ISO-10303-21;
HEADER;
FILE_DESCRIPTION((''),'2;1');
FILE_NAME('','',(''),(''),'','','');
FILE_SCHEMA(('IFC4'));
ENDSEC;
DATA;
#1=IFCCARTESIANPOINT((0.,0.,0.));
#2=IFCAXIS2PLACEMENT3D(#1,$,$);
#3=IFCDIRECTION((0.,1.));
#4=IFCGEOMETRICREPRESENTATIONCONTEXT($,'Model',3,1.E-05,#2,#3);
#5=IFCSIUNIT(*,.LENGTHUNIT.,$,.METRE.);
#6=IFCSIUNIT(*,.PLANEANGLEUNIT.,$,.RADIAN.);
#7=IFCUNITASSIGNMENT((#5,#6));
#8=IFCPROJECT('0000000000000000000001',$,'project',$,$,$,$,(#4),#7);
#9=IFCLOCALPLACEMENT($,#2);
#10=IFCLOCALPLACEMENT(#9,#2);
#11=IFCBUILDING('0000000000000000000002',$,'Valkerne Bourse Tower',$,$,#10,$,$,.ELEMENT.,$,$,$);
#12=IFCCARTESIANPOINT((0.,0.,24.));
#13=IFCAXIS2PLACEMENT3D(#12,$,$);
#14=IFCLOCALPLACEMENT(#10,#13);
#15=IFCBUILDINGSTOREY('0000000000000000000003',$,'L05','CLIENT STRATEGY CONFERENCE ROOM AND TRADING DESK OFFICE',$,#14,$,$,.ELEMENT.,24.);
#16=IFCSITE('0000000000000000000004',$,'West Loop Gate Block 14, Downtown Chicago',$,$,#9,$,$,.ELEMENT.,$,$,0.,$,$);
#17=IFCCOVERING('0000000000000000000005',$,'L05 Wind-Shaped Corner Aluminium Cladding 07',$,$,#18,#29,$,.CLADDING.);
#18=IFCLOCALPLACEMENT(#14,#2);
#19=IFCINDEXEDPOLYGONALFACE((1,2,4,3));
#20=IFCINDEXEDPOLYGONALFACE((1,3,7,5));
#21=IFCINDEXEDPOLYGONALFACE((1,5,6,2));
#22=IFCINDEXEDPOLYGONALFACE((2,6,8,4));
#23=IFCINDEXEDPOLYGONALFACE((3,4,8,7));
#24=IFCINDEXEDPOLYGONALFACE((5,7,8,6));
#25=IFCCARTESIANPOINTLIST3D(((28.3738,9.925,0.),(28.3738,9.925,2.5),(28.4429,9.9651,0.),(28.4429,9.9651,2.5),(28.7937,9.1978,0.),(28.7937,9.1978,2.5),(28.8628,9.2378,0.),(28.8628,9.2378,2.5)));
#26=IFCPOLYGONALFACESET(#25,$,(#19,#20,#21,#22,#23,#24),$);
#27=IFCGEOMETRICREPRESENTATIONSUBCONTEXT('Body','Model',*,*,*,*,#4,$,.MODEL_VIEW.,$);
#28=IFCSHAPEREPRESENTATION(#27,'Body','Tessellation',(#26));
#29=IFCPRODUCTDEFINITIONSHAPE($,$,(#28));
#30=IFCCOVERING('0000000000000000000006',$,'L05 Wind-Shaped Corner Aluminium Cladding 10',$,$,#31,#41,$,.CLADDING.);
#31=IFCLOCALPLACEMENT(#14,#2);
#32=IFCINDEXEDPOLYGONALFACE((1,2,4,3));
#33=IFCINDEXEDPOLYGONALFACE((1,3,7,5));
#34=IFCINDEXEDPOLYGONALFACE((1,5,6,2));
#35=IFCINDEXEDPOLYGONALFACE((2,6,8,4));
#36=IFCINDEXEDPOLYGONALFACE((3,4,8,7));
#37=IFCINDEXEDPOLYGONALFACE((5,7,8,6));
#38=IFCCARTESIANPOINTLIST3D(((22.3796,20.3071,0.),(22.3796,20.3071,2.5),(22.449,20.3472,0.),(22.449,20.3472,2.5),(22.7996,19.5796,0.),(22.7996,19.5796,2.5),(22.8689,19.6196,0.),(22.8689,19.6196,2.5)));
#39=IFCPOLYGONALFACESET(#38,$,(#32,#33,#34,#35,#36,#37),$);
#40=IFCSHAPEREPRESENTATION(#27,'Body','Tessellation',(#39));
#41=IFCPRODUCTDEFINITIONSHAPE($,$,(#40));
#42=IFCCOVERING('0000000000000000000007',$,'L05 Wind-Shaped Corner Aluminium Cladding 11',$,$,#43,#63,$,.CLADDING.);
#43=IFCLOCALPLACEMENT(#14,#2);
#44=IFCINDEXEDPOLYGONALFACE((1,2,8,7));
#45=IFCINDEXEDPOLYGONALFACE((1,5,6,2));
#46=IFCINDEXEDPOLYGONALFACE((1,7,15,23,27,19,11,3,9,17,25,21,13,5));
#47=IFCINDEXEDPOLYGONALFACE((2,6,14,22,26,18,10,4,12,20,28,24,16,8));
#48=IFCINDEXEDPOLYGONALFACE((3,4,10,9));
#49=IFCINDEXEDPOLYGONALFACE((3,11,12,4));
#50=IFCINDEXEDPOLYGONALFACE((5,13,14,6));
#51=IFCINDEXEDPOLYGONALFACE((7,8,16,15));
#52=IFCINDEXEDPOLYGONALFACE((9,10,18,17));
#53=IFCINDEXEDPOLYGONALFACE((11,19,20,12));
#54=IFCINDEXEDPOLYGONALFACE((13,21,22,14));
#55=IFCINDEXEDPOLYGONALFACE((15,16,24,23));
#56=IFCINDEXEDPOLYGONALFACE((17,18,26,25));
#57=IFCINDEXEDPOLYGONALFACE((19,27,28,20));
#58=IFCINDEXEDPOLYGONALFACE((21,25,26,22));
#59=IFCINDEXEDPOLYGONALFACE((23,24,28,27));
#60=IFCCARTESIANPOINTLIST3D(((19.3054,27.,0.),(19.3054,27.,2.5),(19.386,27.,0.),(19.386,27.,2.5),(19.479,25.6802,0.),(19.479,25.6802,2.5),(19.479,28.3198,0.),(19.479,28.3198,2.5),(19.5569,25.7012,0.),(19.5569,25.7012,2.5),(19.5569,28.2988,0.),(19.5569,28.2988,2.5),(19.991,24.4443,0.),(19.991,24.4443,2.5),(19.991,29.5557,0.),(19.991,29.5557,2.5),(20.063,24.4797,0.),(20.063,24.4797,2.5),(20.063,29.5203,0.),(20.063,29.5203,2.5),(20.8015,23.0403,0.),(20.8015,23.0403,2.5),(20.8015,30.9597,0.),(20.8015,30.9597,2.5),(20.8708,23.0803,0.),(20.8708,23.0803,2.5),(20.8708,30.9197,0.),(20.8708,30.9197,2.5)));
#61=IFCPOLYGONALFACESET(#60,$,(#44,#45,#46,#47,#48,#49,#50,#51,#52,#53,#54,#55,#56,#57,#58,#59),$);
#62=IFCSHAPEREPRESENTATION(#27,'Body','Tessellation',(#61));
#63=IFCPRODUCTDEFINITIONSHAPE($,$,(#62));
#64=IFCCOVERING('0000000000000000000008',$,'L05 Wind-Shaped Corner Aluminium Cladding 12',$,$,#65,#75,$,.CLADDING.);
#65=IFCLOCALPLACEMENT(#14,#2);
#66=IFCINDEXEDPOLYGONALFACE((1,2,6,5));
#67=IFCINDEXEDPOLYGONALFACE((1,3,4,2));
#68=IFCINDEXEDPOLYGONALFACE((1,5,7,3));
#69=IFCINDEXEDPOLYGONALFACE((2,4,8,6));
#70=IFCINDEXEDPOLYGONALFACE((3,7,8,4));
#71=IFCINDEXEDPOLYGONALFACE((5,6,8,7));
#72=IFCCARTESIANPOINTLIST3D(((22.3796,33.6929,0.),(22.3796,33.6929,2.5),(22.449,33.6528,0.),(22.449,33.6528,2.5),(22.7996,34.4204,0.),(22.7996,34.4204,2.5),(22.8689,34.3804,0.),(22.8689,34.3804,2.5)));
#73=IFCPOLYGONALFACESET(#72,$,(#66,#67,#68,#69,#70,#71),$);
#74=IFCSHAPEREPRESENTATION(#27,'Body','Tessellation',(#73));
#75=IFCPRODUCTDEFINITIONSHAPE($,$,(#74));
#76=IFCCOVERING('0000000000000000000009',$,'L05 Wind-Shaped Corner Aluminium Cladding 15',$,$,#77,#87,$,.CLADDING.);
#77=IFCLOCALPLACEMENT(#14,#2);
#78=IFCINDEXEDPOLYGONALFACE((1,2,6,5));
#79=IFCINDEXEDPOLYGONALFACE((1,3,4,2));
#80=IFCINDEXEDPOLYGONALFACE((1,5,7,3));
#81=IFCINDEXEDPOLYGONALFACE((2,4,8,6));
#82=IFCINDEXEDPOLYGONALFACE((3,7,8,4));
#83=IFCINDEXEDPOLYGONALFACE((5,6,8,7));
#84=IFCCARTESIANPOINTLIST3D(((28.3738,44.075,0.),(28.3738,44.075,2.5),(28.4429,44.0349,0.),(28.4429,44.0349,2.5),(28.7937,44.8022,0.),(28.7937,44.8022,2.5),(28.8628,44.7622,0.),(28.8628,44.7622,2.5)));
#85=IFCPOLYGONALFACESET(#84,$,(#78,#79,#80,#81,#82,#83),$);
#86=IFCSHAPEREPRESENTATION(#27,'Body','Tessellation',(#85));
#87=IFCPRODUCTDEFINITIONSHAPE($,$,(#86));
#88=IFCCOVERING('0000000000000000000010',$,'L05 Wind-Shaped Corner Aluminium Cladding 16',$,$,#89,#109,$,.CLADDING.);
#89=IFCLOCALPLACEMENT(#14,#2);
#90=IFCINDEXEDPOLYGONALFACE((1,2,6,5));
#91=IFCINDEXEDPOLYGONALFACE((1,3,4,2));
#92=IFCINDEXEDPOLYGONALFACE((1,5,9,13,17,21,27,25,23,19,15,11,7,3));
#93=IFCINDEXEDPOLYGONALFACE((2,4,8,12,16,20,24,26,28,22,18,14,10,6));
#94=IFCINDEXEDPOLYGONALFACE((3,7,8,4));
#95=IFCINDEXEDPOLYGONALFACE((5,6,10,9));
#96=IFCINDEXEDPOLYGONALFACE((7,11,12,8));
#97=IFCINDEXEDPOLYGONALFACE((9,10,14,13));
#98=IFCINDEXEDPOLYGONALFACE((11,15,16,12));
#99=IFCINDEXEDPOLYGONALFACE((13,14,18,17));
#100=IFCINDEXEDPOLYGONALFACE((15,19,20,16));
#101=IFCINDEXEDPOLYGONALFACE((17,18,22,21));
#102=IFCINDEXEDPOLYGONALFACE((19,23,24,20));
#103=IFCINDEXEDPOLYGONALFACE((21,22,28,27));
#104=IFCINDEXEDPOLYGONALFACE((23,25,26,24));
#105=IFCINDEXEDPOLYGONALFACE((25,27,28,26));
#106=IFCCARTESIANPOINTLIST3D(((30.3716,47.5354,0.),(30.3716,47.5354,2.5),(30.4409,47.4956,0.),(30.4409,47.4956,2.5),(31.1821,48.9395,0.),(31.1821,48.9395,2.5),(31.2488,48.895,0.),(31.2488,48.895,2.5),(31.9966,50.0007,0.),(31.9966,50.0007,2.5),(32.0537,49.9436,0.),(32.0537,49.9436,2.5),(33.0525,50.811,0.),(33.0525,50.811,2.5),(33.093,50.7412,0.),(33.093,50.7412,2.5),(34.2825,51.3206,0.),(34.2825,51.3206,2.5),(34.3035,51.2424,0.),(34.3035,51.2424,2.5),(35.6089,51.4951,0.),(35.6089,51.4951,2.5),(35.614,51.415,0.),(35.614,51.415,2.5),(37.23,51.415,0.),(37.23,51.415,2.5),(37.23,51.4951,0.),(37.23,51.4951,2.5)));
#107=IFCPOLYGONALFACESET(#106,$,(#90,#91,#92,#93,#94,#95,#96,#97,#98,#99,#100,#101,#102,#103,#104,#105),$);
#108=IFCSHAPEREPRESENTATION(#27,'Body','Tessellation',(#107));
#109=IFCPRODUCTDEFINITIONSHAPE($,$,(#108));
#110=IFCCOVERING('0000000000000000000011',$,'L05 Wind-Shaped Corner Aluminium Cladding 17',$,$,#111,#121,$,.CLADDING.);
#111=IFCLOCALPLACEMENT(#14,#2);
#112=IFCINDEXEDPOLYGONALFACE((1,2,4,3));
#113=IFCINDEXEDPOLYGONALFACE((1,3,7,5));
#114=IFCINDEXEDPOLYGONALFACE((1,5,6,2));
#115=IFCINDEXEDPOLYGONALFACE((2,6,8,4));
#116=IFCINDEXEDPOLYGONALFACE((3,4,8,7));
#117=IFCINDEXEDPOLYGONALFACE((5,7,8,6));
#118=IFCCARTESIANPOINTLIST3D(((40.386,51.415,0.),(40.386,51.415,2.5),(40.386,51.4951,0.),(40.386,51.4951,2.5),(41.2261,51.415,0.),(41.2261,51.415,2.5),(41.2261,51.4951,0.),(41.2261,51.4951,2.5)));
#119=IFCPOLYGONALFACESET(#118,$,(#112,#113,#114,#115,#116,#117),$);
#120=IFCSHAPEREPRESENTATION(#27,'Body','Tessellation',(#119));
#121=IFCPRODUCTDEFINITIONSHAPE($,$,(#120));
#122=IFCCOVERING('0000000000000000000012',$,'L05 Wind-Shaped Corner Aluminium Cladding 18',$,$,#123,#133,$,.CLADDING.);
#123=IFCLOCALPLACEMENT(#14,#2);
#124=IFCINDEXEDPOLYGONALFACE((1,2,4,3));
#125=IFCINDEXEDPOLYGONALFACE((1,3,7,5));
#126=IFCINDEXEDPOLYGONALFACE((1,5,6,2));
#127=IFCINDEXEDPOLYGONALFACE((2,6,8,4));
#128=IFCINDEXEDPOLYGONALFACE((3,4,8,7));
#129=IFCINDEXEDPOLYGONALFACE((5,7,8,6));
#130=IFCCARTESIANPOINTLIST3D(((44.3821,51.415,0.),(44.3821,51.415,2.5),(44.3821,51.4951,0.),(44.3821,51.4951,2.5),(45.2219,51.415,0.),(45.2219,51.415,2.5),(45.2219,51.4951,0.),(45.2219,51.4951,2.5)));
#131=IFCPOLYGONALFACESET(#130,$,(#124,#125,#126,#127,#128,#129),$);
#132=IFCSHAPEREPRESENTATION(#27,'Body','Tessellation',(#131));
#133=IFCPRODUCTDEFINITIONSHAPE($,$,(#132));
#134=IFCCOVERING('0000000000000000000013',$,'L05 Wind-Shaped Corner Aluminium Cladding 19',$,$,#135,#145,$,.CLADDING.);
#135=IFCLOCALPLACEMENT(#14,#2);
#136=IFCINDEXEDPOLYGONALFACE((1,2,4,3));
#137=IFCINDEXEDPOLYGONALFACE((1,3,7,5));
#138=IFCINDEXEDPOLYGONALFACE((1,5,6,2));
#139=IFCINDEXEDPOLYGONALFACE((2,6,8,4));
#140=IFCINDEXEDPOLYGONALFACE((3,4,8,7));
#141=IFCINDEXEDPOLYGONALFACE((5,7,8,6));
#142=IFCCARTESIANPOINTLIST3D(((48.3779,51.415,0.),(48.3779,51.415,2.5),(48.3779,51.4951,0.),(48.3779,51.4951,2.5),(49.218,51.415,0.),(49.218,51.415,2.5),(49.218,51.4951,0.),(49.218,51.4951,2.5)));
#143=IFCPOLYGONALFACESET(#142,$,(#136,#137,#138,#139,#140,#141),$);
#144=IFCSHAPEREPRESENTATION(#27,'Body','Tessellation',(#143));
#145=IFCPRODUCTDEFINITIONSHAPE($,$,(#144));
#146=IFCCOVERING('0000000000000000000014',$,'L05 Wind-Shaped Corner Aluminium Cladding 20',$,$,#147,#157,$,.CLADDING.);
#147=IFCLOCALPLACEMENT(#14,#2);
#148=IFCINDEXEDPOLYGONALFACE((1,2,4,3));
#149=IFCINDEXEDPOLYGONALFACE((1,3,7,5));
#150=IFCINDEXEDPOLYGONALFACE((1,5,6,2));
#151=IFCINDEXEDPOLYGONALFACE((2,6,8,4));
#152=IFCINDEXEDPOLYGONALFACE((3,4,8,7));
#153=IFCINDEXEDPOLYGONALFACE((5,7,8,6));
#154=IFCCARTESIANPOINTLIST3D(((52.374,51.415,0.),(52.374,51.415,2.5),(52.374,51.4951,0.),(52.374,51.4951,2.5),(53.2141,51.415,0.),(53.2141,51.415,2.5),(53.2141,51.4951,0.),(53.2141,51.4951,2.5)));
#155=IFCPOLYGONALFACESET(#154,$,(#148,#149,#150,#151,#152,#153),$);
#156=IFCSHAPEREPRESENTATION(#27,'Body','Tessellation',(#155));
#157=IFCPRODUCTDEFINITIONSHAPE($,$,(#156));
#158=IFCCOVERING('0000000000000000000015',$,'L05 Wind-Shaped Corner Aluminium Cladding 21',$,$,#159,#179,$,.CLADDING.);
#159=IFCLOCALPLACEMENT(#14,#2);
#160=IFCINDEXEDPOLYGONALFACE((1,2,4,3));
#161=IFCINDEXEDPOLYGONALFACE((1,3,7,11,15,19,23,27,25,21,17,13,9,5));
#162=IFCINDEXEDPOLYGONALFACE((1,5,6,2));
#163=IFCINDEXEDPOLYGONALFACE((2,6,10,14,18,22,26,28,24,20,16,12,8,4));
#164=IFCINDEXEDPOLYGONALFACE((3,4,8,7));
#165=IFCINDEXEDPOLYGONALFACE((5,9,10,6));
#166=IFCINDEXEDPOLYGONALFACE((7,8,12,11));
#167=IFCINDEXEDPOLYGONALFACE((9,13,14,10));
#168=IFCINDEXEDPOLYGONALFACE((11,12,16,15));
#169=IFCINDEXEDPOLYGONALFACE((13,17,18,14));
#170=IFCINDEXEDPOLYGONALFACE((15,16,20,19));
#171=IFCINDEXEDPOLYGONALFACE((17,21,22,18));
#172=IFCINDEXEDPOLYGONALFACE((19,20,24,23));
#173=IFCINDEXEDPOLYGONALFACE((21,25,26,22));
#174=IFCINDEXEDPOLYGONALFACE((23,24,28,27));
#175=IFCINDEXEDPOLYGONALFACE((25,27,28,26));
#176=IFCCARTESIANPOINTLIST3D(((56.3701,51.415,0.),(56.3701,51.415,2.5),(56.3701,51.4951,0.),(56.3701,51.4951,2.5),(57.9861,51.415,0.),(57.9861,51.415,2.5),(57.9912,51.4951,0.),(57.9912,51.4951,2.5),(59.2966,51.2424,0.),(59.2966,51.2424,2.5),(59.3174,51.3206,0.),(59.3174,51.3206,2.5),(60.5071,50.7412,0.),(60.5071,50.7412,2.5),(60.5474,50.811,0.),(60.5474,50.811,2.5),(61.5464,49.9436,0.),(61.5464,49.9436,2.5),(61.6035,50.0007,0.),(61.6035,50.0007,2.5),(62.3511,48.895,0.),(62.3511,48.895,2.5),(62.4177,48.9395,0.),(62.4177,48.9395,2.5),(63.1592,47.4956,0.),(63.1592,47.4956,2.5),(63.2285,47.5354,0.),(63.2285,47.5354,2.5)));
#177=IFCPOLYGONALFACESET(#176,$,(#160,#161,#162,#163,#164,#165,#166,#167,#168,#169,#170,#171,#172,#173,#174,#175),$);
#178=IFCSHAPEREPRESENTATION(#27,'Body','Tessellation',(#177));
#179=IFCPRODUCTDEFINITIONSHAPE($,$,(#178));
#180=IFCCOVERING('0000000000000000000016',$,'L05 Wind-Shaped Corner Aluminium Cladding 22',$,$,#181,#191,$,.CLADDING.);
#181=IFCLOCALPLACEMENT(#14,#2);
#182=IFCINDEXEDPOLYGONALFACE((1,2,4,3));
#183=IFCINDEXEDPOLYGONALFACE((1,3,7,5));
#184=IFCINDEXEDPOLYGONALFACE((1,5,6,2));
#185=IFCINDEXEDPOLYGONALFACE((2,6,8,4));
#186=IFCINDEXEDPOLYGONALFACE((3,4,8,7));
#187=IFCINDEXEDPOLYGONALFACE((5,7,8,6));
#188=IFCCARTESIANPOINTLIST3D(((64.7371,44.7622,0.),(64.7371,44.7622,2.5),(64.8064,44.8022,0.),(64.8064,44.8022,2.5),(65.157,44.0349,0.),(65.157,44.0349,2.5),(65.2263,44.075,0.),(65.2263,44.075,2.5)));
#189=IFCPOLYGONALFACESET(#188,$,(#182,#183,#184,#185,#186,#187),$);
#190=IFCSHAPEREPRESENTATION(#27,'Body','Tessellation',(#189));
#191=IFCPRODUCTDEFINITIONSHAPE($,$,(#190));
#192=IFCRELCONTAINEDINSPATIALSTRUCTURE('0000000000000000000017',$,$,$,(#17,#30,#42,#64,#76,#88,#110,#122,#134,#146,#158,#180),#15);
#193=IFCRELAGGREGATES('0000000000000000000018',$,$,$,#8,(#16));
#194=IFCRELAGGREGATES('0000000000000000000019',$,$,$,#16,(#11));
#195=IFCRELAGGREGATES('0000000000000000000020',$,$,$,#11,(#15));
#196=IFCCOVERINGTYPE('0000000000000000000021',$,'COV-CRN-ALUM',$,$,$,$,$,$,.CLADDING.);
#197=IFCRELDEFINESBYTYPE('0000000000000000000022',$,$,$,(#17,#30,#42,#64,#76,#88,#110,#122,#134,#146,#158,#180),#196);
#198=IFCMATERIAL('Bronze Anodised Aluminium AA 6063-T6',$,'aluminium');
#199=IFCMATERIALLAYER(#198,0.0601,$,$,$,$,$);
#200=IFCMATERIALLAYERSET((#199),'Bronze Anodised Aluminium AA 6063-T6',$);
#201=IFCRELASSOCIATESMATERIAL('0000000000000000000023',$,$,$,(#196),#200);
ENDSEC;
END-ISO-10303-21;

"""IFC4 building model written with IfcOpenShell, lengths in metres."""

from ifc_helpers import new_model, si_unit, direction, frame, origin, place, context, subcontext, project, spatial, polyline, outline, extrude, material, layer, layer_set, type_object, element, save


model = new_model("IFC4")

# Units and contexts
model_context = context("Model", 3, precision=1e-05, world=origin(), true_north=direction((0.0, 1.0)))
body_context = subcontext(model_context, "Body", "Model", "MODEL_VIEW")
ifc_project = project(units=[si_unit("LENGTHUNIT", "METRE"), si_unit("PLANEANGLEUNIT", "RADIAN")], contexts=[model_context])

# Site, building, storey
site_placement = place(None, origin())
site = spatial("IfcSite", under=ifc_project, at=site_placement, Name="West Loop Gate Block 14, Downtown Chicago", CompositionType="ELEMENT", RefElevation=0.0)
building_placement = place(site_placement, origin())
building = spatial("IfcBuilding", under=site, at=building_placement, Name="Valkerne Bourse Tower", CompositionType="ELEMENT")
storey_placement = place(building_placement, frame((0.0, 0.0, 24.0)))
storey = spatial("IfcBuildingStorey", under=building, at=storey_placement, Name="L05", Description="CLIENT STRATEGY CONFERENCE ROOM AND TRADING DESK OFFICE", CompositionType="ELEMENT", Elevation=24.0)

# Coverings
ifc_material_1 = material(Name="Bronze Anodised Aluminium AA 6063-T6", Category="aluminium")
ifc_layer_1 = layer(ifc_material_1, 0.0601)
ifc_layer_set_1 = layer_set([ifc_layer_1], Name="Bronze Anodised Aluminium AA 6063-T6")
covering_type = type_object("IfcCoveringType", Name="COV-CRN-ALUM", PredefinedType="CLADDING", material=ifc_layer_set_1)
covering_1_placement = place(storey_placement, origin())
element("IfcCovering", 1, at=covering_1_placement, inside=storey, type_object=covering_type, Name="L05 Wind-Shaped Corner Aluminium Cladding 07", PredefinedType="CLADDING", context=body_context, shape_type="SweptSolid", body=[
    extrude(outline(polyline([(28.3738, 9.925), (28.4429, 9.9651), (28.8628, 9.2378), (28.7937, 9.1978), (28.3738, 9.925)])), origin(), (0.0, 0.0, 1.0), 2.5),
])
covering_2_placement = place(storey_placement, origin())
element("IfcCovering", 2, at=covering_2_placement, inside=storey, type_object=covering_type, Name="L05 Wind-Shaped Corner Aluminium Cladding 10", PredefinedType="CLADDING", context=body_context, shape_type="SweptSolid", body=[
    extrude(outline(polyline([(22.3796, 20.3071), (22.449, 20.3472), (22.8689, 19.6196), (22.7996, 19.5796), (22.3796, 20.3071)])), origin(), (0.0, 0.0, 1.0), 2.5),
])
covering_3_placement = place(storey_placement, origin())
element("IfcCovering", 3, at=covering_3_placement, inside=storey, type_object=covering_type, Name="L05 Wind-Shaped Corner Aluminium Cladding 11", PredefinedType="CLADDING", context=body_context, shape_type="SweptSolid", body=[
    extrude(outline(polyline([(19.991, 24.4443), (19.479, 25.6802), (19.3054, 27.0), (19.479, 28.3198), (19.991, 29.5557), (20.8015, 30.9597), (20.8708, 30.9197), (20.063, 29.5203), (19.5569, 28.2988), (19.386, 27.0), (19.5569, 25.7012), (20.063, 24.4797), (20.8708, 23.0803), (20.8015, 23.0403), (19.991, 24.4443)])), origin(), (0.0, 0.0, 1.0), 2.5),
])
covering_4_placement = place(storey_placement, origin())
element("IfcCovering", 4, at=covering_4_placement, inside=storey, type_object=covering_type, Name="L05 Wind-Shaped Corner Aluminium Cladding 12", PredefinedType="CLADDING", context=body_context, shape_type="SweptSolid", body=[
    extrude(outline(polyline([(22.7996, 34.4204), (22.8689, 34.3804), (22.449, 33.6528), (22.3796, 33.6929), (22.7996, 34.4204)])), origin(), (0.0, 0.0, 1.0), 2.5),
])
covering_5_placement = place(storey_placement, origin())
element("IfcCovering", 5, at=covering_5_placement, inside=storey, type_object=covering_type, Name="L05 Wind-Shaped Corner Aluminium Cladding 15", PredefinedType="CLADDING", context=body_context, shape_type="SweptSolid", body=[
    extrude(outline(polyline([(28.7937, 44.8022), (28.8628, 44.7622), (28.4429, 44.0349), (28.3738, 44.075), (28.7937, 44.8022)])), origin(), (0.0, 0.0, 1.0), 2.5),
])
covering_6_placement = place(storey_placement, origin())
element("IfcCovering", 6, at=covering_6_placement, inside=storey, type_object=covering_type, Name="L05 Wind-Shaped Corner Aluminium Cladding 16", PredefinedType="CLADDING", context=body_context, shape_type="SweptSolid", body=[
    extrude(outline(polyline([(31.1821, 48.9395), (31.9966, 50.0007), (33.0525, 50.811), (34.2825, 51.3206), (35.6089, 51.4951), (37.23, 51.4951), (37.23, 51.415), (35.614, 51.415), (34.3035, 51.2424), (33.093, 50.7412), (32.0537, 49.9436), (31.2488, 48.895), (30.4409, 47.4956), (30.3716, 47.5354), (31.1821, 48.9395)])), origin(), (0.0, 0.0, 1.0), 2.5),
])
covering_7_placement = place(storey_placement, origin())
element("IfcCovering", 7, at=covering_7_placement, inside=storey, type_object=covering_type, Name="L05 Wind-Shaped Corner Aluminium Cladding 17", PredefinedType="CLADDING", context=body_context, shape_type="SweptSolid", body=[
    extrude(outline(polyline([(41.2261, 51.4951), (41.2261, 51.415), (40.386, 51.415), (40.386, 51.4951), (41.2261, 51.4951)])), origin(), (0.0, 0.0, 1.0), 2.5),
])
covering_8_placement = place(storey_placement, origin())
element("IfcCovering", 8, at=covering_8_placement, inside=storey, type_object=covering_type, Name="L05 Wind-Shaped Corner Aluminium Cladding 18", PredefinedType="CLADDING", context=body_context, shape_type="SweptSolid", body=[
    extrude(outline(polyline([(45.2219, 51.4951), (45.2219, 51.415), (44.3821, 51.415), (44.3821, 51.4951), (45.2219, 51.4951)])), origin(), (0.0, 0.0, 1.0), 2.5),
])
covering_9_placement = place(storey_placement, origin())
element("IfcCovering", 9, at=covering_9_placement, inside=storey, type_object=covering_type, Name="L05 Wind-Shaped Corner Aluminium Cladding 19", PredefinedType="CLADDING", context=body_context, shape_type="SweptSolid", body=[
    extrude(outline(polyline([(49.218, 51.4951), (49.218, 51.415), (48.3779, 51.415), (48.3779, 51.4951), (49.218, 51.4951)])), origin(), (0.0, 0.0, 1.0), 2.5),
])
covering_10_placement = place(storey_placement, origin())
element("IfcCovering", 10, at=covering_10_placement, inside=storey, type_object=covering_type, Name="L05 Wind-Shaped Corner Aluminium Cladding 20", PredefinedType="CLADDING", context=body_context, shape_type="SweptSolid", body=[
    extrude(outline(polyline([(53.2141, 51.4951), (53.2141, 51.415), (52.374, 51.415), (52.374, 51.4951), (53.2141, 51.4951)])), origin(), (0.0, 0.0, 1.0), 2.5),
])
covering_11_placement = place(storey_placement, origin())
element("IfcCovering", 11, at=covering_11_placement, inside=storey, type_object=covering_type, Name="L05 Wind-Shaped Corner Aluminium Cladding 21", PredefinedType="CLADDING", context=body_context, shape_type="SweptSolid", body=[
    extrude(outline(polyline([(57.9912, 51.4951), (59.3174, 51.3206), (60.5474, 50.811), (61.6035, 50.0007), (62.4177, 48.9395), (63.2285, 47.5354), (63.1592, 47.4956), (62.3511, 48.895), (61.5464, 49.9436), (60.5071, 50.7412), (59.2966, 51.2424), (57.9861, 51.415), (56.3701, 51.415), (56.3701, 51.4951), (57.9912, 51.4951)])), origin(), (0.0, 0.0, 1.0), 2.5),
])
covering_12_placement = place(storey_placement, origin())
element("IfcCovering", 12, at=covering_12_placement, inside=storey, type_object=covering_type, Name="L05 Wind-Shaped Corner Aluminium Cladding 22", PredefinedType="CLADDING", context=body_context, shape_type="SweptSolid", body=[
    extrude(outline(polyline([(65.2263, 44.075), (65.157, 44.0349), (64.7371, 44.7622), (64.8064, 44.8022), (65.2263, 44.075)])), origin(), (0.0, 0.0, 1.0), 2.5),
])

save(model, "model.ifc")
